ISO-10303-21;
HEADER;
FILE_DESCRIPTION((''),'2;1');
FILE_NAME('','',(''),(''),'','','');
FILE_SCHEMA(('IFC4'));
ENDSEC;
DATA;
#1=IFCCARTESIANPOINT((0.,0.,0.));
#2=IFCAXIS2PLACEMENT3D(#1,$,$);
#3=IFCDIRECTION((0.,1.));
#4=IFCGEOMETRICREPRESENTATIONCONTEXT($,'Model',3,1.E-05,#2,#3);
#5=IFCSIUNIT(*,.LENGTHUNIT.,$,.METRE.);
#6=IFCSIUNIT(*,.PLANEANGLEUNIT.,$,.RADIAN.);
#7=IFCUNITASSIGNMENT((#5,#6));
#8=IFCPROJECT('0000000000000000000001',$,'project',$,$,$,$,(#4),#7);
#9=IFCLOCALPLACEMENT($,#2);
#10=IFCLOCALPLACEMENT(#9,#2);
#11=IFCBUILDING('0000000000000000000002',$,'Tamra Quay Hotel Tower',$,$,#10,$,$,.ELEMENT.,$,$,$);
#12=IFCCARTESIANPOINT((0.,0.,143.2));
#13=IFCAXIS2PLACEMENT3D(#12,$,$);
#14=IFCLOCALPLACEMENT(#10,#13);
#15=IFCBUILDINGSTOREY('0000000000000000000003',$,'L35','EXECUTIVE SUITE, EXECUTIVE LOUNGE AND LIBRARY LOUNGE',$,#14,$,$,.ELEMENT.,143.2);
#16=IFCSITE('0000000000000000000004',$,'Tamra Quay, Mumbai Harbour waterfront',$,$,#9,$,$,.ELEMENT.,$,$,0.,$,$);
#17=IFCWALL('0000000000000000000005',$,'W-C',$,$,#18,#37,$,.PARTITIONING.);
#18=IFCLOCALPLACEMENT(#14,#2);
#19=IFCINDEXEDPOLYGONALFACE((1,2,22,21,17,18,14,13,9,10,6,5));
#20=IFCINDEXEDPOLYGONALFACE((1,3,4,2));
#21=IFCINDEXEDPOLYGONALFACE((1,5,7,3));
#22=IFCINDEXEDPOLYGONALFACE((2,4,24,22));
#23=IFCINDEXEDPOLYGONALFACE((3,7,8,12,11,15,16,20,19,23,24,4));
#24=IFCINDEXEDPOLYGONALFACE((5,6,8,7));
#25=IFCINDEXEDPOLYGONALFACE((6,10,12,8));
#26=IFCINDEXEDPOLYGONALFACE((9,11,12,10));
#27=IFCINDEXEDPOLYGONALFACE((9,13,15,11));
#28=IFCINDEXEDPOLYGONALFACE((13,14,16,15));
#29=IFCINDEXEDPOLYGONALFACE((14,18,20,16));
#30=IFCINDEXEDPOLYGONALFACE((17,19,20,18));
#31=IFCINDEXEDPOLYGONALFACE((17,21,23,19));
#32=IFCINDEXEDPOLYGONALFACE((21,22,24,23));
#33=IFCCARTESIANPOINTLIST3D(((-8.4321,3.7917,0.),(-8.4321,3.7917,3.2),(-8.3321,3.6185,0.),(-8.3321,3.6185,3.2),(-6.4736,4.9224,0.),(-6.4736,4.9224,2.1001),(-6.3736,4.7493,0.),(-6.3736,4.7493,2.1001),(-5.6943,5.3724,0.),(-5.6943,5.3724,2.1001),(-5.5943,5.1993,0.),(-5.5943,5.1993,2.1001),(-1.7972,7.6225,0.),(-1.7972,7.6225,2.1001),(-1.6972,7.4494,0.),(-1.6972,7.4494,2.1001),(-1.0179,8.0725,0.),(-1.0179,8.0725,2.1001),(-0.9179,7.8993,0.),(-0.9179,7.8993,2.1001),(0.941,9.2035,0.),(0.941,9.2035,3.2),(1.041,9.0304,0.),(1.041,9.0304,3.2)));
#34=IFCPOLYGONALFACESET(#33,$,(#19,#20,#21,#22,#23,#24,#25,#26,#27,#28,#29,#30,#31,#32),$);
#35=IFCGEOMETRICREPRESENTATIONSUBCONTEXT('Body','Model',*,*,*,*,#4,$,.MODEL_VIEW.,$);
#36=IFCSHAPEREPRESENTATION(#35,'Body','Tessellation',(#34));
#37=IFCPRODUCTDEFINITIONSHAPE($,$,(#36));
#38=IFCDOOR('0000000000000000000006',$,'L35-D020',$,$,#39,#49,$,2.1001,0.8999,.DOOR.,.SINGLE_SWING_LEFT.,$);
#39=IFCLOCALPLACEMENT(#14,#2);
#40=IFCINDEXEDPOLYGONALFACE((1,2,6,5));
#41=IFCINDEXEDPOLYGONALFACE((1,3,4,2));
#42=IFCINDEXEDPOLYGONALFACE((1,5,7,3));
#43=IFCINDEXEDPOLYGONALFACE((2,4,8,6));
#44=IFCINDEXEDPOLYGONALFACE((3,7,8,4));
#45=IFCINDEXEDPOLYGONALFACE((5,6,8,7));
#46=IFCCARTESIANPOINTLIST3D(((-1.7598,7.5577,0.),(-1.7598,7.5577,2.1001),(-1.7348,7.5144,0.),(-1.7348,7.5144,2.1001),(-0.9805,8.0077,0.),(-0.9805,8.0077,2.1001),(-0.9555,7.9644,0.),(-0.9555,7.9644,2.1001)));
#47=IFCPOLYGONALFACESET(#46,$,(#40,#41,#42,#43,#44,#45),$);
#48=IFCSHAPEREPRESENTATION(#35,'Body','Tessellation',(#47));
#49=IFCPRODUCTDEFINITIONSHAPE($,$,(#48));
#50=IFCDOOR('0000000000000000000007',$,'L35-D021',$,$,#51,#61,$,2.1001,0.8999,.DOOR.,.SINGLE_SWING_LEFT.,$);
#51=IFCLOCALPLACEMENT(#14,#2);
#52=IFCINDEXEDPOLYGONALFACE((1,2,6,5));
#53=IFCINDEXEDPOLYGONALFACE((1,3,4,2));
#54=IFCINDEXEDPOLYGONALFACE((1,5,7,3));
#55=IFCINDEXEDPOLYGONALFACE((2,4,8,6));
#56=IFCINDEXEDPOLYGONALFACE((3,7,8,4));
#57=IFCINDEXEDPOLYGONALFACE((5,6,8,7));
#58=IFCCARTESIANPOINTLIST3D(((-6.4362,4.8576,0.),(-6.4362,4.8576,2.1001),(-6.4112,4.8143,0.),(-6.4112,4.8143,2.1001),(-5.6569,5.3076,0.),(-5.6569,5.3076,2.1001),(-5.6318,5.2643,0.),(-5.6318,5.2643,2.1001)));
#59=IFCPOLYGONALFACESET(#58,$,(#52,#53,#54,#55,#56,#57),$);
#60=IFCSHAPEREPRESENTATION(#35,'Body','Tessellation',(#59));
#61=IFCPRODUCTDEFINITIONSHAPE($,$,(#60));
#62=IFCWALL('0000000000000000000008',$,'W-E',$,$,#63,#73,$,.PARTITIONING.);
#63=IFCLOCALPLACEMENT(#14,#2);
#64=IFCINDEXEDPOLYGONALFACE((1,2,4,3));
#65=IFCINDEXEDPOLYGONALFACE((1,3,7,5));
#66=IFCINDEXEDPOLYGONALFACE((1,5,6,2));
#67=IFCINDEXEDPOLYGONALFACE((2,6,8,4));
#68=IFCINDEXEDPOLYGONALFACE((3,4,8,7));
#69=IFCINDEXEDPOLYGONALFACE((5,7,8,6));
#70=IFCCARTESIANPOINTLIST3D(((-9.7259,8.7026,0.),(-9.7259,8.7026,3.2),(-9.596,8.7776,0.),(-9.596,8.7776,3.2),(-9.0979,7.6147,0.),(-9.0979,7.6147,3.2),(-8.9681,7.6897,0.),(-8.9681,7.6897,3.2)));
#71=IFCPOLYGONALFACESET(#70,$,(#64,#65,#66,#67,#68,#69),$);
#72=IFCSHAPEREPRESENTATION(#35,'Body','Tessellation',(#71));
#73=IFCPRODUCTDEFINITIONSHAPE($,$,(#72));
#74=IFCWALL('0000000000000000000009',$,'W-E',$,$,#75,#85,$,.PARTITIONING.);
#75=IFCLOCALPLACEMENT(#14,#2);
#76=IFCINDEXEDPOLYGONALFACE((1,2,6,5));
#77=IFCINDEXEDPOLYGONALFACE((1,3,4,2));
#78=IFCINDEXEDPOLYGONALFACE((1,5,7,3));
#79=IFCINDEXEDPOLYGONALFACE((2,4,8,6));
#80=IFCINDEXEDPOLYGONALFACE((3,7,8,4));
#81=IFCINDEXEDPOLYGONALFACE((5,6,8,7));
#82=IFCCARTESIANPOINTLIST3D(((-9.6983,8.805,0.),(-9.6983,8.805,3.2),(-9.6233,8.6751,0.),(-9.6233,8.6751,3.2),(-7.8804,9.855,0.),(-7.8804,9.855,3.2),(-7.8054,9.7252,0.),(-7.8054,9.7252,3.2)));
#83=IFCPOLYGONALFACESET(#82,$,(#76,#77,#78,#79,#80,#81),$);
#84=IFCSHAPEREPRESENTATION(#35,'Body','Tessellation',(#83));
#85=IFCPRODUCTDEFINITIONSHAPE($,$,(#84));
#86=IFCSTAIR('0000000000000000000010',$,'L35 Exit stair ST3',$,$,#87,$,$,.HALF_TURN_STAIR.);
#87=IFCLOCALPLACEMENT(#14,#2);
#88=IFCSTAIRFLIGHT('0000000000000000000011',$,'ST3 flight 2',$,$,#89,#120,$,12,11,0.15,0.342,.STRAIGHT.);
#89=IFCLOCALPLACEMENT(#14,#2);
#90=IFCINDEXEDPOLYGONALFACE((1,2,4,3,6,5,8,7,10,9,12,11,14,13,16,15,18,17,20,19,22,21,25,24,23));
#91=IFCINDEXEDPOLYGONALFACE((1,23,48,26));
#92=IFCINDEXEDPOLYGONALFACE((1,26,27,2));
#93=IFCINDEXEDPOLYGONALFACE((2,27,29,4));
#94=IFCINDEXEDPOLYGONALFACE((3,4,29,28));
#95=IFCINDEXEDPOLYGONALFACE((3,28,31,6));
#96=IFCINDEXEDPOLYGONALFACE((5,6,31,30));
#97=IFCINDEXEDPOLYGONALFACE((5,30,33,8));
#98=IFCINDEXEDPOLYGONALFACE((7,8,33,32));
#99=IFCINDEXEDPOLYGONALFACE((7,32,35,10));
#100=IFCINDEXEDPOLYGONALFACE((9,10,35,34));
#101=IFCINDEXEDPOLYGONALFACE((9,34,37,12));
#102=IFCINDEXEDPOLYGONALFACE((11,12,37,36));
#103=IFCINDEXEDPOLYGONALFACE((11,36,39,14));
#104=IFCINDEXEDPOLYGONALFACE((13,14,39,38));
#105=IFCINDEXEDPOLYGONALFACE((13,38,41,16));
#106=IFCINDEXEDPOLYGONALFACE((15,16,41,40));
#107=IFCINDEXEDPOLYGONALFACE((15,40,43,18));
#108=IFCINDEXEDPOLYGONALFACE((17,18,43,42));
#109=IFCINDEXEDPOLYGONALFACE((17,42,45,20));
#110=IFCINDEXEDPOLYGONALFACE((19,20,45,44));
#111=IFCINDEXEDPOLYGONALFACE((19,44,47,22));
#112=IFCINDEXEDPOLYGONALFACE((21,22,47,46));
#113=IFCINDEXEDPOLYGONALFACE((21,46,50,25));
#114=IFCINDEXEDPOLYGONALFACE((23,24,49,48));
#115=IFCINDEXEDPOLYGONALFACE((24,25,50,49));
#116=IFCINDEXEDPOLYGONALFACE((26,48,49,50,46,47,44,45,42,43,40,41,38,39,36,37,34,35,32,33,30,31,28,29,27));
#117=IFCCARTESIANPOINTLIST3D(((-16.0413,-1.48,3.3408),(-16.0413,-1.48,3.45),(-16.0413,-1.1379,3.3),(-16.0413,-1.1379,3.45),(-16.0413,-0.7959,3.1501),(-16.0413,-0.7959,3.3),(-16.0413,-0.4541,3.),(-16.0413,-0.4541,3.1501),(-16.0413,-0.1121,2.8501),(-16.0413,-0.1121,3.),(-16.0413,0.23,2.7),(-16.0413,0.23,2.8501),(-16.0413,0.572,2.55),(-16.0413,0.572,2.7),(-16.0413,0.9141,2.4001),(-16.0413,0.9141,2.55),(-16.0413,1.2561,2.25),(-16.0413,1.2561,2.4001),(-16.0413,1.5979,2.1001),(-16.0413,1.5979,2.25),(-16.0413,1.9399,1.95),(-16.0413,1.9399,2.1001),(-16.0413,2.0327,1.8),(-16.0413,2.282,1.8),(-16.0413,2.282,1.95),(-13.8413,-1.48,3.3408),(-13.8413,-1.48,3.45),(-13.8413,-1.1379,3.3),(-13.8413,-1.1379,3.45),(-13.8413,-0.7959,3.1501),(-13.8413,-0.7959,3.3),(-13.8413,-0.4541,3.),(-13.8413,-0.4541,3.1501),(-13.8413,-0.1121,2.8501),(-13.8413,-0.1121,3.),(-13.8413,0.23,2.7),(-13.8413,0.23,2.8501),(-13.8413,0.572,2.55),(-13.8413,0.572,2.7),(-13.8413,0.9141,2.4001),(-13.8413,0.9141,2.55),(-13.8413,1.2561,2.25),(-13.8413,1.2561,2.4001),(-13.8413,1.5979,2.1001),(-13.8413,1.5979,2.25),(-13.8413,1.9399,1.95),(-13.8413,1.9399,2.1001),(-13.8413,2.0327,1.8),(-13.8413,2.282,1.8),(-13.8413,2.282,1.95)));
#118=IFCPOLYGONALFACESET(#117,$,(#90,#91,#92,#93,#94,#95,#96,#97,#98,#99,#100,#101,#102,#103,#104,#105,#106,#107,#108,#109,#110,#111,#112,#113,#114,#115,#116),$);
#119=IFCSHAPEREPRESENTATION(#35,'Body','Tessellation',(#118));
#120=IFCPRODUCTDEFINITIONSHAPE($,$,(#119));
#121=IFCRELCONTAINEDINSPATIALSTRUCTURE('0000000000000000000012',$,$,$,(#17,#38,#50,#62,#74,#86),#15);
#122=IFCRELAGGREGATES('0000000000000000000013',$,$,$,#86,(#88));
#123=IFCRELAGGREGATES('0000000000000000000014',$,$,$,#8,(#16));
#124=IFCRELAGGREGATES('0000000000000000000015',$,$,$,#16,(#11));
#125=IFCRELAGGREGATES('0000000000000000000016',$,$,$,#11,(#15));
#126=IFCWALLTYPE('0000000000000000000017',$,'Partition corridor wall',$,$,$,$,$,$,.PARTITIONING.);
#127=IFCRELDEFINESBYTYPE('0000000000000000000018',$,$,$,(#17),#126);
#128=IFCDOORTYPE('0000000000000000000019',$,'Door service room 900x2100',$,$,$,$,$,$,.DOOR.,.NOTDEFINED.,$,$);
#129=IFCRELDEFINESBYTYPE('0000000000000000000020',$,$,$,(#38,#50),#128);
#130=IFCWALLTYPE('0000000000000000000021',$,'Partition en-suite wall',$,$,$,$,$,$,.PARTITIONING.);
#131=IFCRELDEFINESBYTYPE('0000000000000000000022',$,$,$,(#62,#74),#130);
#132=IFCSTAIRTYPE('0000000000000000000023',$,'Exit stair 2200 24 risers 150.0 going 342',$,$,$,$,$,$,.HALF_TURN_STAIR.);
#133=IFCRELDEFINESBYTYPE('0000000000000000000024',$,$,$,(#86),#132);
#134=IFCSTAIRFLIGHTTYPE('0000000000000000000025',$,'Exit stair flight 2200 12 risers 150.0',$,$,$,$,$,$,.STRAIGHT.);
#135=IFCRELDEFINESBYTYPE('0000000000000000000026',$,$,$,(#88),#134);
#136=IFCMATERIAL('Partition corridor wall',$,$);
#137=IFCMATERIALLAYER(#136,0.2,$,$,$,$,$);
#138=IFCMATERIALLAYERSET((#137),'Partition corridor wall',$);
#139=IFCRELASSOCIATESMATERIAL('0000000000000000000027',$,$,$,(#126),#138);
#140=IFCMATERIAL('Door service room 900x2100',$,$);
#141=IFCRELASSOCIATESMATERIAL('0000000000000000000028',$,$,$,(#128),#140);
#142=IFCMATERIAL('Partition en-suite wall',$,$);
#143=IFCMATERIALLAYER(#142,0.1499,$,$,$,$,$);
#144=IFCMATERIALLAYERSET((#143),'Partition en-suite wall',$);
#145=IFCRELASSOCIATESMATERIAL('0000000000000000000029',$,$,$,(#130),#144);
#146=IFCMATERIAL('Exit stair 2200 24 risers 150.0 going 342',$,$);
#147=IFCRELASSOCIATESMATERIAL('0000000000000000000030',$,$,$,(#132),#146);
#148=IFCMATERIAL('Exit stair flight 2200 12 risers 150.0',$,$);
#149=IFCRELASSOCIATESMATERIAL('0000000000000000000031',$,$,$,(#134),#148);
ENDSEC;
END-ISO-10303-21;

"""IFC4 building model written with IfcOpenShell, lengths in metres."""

from ifc_helpers import new_model, si_unit, direction, frame, frame_2d, origin, place, context, subcontext, project, spatial, polyline, rectangle, outline, extrude, material, layer, layer_set, type_object, element, fill, aggregate, save


model = new_model("IFC4")

# Units and contexts
model_context = context("Model", 3, precision=1e-05, world=origin(), true_north=direction((0.0, 1.0)))
body_context = subcontext(model_context, "Body", "Model", "MODEL_VIEW")
ifc_project = project(units=[si_unit("LENGTHUNIT", "METRE"), si_unit("PLANEANGLEUNIT", "RADIAN")], contexts=[model_context])

# Site, building, storey
site_placement = place(None, origin())
site = spatial("IfcSite", under=ifc_project, at=site_placement, Name="Tamra Quay, Mumbai Harbour waterfront", CompositionType="ELEMENT", RefElevation=0.0)
building_placement = place(site_placement, origin())
building = spatial("IfcBuilding", under=site, at=building_placement, Name="Tamra Quay Hotel Tower", CompositionType="ELEMENT")
storey_placement = place(building_placement, frame((0.0, 0.0, 143.2)))
storey = spatial("IfcBuildingStorey", under=building, at=storey_placement, Name="L35", Description="EXECUTIVE SUITE, EXECUTIVE LOUNGE AND LIBRARY LOUNGE", CompositionType="ELEMENT", Elevation=143.2)

# Shared definitions
ifc_material_1 = material(Name="Partition corridor wall")
ifc_layer_1 = layer(ifc_material_1, 0.2)
ifc_layer_set_1 = layer_set([ifc_layer_1], Name="Partition corridor wall")
wall_type_1 = type_object("IfcWallType", Name="Partition corridor wall", PredefinedType="PARTITIONING", material=ifc_layer_set_1)

# Wall, openings, doors
wall_1_placement = place(storey_placement, frame((-8.3821, 3.7051, 0.0), z_axis=(0.0, 0.0, 1.0), x_axis=(0.866012, 0.500023, 0.0)))
wall_1 = element("IfcWall", 1, at=wall_1_placement, inside=storey, type_object=wall_type_1, Name="W-C", PredefinedType="PARTITIONING", context=body_context, shape_type="SweptSolid", body=[
    extrude(rectangle(XDim=10.8232, YDim=0.2, at=frame_2d((5.4116, 0.0))), origin(), (0.0, 0.0, 1.0), 3.2),
])
opening_1_placement = place(wall_1_placement, frame((7.6614, 0.0, 0.0)))
opening_1 = element("IfcOpeningElement", 2, at=opening_1_placement, cuts=wall_1, PredefinedType="OPENING", context=body_context, shape_type="SweptSolid", body=[
    extrude(rectangle(XDim=0.8999, YDim=2.1001, at=frame_2d((0.45, 1.05))), frame((0.0, 0.1099, 0.0), z_axis=(0.0, -1.0, 0.0), x_axis=(1.0, 0.0, 0.0)), (0.0, 0.0, 1.0), 0.22),
])
opening_2_placement = place(wall_1_placement, frame((2.2615, 0.0, 0.0)))
opening_2 = element("IfcOpeningElement", 3, at=opening_2_placement, cuts=wall_1, PredefinedType="OPENING", context=body_context, shape_type="SweptSolid", body=[
    extrude(rectangle(XDim=0.8999, YDim=2.1001, at=frame_2d((0.45, 1.05))), frame((0.0, 0.1099, 0.0), z_axis=(0.0, -1.0, 0.0), x_axis=(1.0, 0.0, 0.0)), (0.0, 0.0, 1.0), 0.22),
])
ifc_material_2 = material(Name="Door service room 900x2100")
door_type_1 = type_object("IfcDoorType", Name="Door service room 900x2100", OperationType="NOTDEFINED", PredefinedType="DOOR", material=ifc_material_2)
door_1_placement = place(opening_1_placement, frame((0.8999, 0.0, 0.0), z_axis=(0.0, 0.0, 1.0), x_axis=(-1.0, 0.0, 0.0)))
door_1 = element("IfcDoor", 4, at=door_1_placement, inside=storey, type_object=door_type_1, Name="L35-D020", OperationType="SINGLE_SWING_LEFT", OverallHeight=2.1001, OverallWidth=0.8999, PredefinedType="DOOR", context=body_context, shape_type="SweptSolid", body=[
    extrude(rectangle(XDim=0.8999, YDim=2.1001, at=frame_2d((0.45, 1.05))), frame((0.0, 0.0249, 0.0), z_axis=(0.0, -1.0, 0.0), x_axis=(1.0, 0.0, 0.0)), (0.0, 0.0, 1.0), 0.05),
])
fill(opening_1, door_1)
door_2_placement = place(opening_2_placement, frame((0.8999, 0.0, 0.0), z_axis=(0.0, 0.0, 1.0), x_axis=(-1.0, 0.0, 0.0)))
door_2 = element("IfcDoor", 5, at=door_2_placement, inside=storey, type_object=door_type_1, Name="L35-D021", OperationType="SINGLE_SWING_LEFT", OverallHeight=2.1001, OverallWidth=0.8999, PredefinedType="DOOR", context=body_context, shape_type="SweptSolid", body=[
    extrude(rectangle(XDim=0.8999, YDim=2.1001, at=frame_2d((0.45, 1.05))), frame((0.0, 0.0249, 0.0), z_axis=(0.0, -1.0, 0.0), x_axis=(1.0, 0.0, 0.0)), (0.0, 0.0, 1.0), 0.05),
])
fill(opening_2, door_2)

# Walls
ifc_material_3 = material(Name="Partition en-suite wall")
ifc_layer_2 = layer(ifc_material_3, 0.1499)
ifc_layer_set_2 = layer_set([ifc_layer_2], Name="Partition en-suite wall")
wall_type_2 = type_object("IfcWallType", Name="Partition en-suite wall", PredefinedType="PARTITIONING", material=ifc_layer_set_2)
wall_2_placement = place(storey_placement, frame((-9.6609, 8.74, 0.0), z_axis=(0.0, 0.0, 1.0), x_axis=(0.499902, -0.866082, 0.0)))
element("IfcWall", 6, at=wall_2_placement, inside=storey, type_object=wall_type_2, Name="W-E", PredefinedType="PARTITIONING", context=body_context, shape_type="SweptSolid", body=[
    extrude(rectangle(XDim=1.2561, YDim=0.1499, at=frame_2d((0.6279, 0.0))), origin(), (0.0, 0.0, 1.0), 3.2),
])
wall_3_placement = place(storey_placement, frame((-9.6609, 8.74, 0.0), z_axis=(0.0, 0.0, 1.0), x_axis=(0.865922, 0.500179, 0.0)))
element("IfcWall", 7, at=wall_3_placement, inside=storey, type_object=wall_type_2, Name="W-E", PredefinedType="PARTITIONING", context=body_context, shape_type="SweptSolid", body=[
    extrude(rectangle(XDim=2.0994, YDim=0.1499, at=frame_2d((1.0498, 0.0))), origin(), (0.0, 0.0, 1.0), 3.2),
])

# Stair, stair flight
ifc_material_4 = material(Name="Exit stair 2200 24 risers 150.0 going 342")
stair_type = type_object("IfcStairType", Name="Exit stair 2200 24 risers 150.0 going 342", PredefinedType="HALF_TURN_STAIR", material=ifc_material_4)
stair_placement = place(storey_placement, origin())
stair = element("IfcStair", 8, at=stair_placement, inside=storey, type_object=stair_type, Name="L35 Exit stair ST3", PredefinedType="HALF_TURN_STAIR")
ifc_material_5 = material(Name="Exit stair flight 2200 12 risers 150.0")
stair_flight_type = type_object("IfcStairFlightType", Name="Exit stair flight 2200 12 risers 150.0", PredefinedType="STRAIGHT", material=ifc_material_5)
stair_flight_placement = place(storey_placement, frame((-14.9414, 2.282, 1.8), z_axis=(0.0, 0.0, 1.0), x_axis=(0.0, -1.0, 0.0)))
stair_flight = element("IfcStairFlight", 9, at=stair_flight_placement, type_object=stair_flight_type, Name="ST3 flight 2", NumberOfRisers=12, NumberOfTreads=11, PredefinedType="STRAIGHT", RiserHeight=0.15, TreadLength=0.342, context=body_context, shape_type="SweptSolid", body=[
    extrude(outline(polyline([(0.0, 0.0), (0.0, 0.1499), (0.342, 0.1499), (0.342, 0.3), (0.6841, 0.3), (0.6841, 0.45), (1.0259, 0.45), (1.0259, 0.6001), (1.3679, 0.6001), (1.3679, 0.75), (1.71, 0.75), (1.71, 0.8999), (2.052, 0.8999), (2.052, 1.05), (2.394, 1.05), (2.394, 1.2), (2.7361, 1.2), (2.7361, 1.3501), (3.0779, 1.3501), (3.0779, 1.5), (3.4199, 1.5), (3.4199, 1.6499), (3.762, 1.6499), (3.762, 1.8), (3.762, 1.5408), (0.2493, 0.0), (0.0, 0.0)])), frame((0.0, 1.1001, 0.0), z_axis=(0.0, -1.0, 0.0), x_axis=(1.0, 0.0, 0.0)), (0.0, 0.0, 1.0), 2.2),
])
aggregate(stair, [stair_flight])

save(model, "model.ifc")
